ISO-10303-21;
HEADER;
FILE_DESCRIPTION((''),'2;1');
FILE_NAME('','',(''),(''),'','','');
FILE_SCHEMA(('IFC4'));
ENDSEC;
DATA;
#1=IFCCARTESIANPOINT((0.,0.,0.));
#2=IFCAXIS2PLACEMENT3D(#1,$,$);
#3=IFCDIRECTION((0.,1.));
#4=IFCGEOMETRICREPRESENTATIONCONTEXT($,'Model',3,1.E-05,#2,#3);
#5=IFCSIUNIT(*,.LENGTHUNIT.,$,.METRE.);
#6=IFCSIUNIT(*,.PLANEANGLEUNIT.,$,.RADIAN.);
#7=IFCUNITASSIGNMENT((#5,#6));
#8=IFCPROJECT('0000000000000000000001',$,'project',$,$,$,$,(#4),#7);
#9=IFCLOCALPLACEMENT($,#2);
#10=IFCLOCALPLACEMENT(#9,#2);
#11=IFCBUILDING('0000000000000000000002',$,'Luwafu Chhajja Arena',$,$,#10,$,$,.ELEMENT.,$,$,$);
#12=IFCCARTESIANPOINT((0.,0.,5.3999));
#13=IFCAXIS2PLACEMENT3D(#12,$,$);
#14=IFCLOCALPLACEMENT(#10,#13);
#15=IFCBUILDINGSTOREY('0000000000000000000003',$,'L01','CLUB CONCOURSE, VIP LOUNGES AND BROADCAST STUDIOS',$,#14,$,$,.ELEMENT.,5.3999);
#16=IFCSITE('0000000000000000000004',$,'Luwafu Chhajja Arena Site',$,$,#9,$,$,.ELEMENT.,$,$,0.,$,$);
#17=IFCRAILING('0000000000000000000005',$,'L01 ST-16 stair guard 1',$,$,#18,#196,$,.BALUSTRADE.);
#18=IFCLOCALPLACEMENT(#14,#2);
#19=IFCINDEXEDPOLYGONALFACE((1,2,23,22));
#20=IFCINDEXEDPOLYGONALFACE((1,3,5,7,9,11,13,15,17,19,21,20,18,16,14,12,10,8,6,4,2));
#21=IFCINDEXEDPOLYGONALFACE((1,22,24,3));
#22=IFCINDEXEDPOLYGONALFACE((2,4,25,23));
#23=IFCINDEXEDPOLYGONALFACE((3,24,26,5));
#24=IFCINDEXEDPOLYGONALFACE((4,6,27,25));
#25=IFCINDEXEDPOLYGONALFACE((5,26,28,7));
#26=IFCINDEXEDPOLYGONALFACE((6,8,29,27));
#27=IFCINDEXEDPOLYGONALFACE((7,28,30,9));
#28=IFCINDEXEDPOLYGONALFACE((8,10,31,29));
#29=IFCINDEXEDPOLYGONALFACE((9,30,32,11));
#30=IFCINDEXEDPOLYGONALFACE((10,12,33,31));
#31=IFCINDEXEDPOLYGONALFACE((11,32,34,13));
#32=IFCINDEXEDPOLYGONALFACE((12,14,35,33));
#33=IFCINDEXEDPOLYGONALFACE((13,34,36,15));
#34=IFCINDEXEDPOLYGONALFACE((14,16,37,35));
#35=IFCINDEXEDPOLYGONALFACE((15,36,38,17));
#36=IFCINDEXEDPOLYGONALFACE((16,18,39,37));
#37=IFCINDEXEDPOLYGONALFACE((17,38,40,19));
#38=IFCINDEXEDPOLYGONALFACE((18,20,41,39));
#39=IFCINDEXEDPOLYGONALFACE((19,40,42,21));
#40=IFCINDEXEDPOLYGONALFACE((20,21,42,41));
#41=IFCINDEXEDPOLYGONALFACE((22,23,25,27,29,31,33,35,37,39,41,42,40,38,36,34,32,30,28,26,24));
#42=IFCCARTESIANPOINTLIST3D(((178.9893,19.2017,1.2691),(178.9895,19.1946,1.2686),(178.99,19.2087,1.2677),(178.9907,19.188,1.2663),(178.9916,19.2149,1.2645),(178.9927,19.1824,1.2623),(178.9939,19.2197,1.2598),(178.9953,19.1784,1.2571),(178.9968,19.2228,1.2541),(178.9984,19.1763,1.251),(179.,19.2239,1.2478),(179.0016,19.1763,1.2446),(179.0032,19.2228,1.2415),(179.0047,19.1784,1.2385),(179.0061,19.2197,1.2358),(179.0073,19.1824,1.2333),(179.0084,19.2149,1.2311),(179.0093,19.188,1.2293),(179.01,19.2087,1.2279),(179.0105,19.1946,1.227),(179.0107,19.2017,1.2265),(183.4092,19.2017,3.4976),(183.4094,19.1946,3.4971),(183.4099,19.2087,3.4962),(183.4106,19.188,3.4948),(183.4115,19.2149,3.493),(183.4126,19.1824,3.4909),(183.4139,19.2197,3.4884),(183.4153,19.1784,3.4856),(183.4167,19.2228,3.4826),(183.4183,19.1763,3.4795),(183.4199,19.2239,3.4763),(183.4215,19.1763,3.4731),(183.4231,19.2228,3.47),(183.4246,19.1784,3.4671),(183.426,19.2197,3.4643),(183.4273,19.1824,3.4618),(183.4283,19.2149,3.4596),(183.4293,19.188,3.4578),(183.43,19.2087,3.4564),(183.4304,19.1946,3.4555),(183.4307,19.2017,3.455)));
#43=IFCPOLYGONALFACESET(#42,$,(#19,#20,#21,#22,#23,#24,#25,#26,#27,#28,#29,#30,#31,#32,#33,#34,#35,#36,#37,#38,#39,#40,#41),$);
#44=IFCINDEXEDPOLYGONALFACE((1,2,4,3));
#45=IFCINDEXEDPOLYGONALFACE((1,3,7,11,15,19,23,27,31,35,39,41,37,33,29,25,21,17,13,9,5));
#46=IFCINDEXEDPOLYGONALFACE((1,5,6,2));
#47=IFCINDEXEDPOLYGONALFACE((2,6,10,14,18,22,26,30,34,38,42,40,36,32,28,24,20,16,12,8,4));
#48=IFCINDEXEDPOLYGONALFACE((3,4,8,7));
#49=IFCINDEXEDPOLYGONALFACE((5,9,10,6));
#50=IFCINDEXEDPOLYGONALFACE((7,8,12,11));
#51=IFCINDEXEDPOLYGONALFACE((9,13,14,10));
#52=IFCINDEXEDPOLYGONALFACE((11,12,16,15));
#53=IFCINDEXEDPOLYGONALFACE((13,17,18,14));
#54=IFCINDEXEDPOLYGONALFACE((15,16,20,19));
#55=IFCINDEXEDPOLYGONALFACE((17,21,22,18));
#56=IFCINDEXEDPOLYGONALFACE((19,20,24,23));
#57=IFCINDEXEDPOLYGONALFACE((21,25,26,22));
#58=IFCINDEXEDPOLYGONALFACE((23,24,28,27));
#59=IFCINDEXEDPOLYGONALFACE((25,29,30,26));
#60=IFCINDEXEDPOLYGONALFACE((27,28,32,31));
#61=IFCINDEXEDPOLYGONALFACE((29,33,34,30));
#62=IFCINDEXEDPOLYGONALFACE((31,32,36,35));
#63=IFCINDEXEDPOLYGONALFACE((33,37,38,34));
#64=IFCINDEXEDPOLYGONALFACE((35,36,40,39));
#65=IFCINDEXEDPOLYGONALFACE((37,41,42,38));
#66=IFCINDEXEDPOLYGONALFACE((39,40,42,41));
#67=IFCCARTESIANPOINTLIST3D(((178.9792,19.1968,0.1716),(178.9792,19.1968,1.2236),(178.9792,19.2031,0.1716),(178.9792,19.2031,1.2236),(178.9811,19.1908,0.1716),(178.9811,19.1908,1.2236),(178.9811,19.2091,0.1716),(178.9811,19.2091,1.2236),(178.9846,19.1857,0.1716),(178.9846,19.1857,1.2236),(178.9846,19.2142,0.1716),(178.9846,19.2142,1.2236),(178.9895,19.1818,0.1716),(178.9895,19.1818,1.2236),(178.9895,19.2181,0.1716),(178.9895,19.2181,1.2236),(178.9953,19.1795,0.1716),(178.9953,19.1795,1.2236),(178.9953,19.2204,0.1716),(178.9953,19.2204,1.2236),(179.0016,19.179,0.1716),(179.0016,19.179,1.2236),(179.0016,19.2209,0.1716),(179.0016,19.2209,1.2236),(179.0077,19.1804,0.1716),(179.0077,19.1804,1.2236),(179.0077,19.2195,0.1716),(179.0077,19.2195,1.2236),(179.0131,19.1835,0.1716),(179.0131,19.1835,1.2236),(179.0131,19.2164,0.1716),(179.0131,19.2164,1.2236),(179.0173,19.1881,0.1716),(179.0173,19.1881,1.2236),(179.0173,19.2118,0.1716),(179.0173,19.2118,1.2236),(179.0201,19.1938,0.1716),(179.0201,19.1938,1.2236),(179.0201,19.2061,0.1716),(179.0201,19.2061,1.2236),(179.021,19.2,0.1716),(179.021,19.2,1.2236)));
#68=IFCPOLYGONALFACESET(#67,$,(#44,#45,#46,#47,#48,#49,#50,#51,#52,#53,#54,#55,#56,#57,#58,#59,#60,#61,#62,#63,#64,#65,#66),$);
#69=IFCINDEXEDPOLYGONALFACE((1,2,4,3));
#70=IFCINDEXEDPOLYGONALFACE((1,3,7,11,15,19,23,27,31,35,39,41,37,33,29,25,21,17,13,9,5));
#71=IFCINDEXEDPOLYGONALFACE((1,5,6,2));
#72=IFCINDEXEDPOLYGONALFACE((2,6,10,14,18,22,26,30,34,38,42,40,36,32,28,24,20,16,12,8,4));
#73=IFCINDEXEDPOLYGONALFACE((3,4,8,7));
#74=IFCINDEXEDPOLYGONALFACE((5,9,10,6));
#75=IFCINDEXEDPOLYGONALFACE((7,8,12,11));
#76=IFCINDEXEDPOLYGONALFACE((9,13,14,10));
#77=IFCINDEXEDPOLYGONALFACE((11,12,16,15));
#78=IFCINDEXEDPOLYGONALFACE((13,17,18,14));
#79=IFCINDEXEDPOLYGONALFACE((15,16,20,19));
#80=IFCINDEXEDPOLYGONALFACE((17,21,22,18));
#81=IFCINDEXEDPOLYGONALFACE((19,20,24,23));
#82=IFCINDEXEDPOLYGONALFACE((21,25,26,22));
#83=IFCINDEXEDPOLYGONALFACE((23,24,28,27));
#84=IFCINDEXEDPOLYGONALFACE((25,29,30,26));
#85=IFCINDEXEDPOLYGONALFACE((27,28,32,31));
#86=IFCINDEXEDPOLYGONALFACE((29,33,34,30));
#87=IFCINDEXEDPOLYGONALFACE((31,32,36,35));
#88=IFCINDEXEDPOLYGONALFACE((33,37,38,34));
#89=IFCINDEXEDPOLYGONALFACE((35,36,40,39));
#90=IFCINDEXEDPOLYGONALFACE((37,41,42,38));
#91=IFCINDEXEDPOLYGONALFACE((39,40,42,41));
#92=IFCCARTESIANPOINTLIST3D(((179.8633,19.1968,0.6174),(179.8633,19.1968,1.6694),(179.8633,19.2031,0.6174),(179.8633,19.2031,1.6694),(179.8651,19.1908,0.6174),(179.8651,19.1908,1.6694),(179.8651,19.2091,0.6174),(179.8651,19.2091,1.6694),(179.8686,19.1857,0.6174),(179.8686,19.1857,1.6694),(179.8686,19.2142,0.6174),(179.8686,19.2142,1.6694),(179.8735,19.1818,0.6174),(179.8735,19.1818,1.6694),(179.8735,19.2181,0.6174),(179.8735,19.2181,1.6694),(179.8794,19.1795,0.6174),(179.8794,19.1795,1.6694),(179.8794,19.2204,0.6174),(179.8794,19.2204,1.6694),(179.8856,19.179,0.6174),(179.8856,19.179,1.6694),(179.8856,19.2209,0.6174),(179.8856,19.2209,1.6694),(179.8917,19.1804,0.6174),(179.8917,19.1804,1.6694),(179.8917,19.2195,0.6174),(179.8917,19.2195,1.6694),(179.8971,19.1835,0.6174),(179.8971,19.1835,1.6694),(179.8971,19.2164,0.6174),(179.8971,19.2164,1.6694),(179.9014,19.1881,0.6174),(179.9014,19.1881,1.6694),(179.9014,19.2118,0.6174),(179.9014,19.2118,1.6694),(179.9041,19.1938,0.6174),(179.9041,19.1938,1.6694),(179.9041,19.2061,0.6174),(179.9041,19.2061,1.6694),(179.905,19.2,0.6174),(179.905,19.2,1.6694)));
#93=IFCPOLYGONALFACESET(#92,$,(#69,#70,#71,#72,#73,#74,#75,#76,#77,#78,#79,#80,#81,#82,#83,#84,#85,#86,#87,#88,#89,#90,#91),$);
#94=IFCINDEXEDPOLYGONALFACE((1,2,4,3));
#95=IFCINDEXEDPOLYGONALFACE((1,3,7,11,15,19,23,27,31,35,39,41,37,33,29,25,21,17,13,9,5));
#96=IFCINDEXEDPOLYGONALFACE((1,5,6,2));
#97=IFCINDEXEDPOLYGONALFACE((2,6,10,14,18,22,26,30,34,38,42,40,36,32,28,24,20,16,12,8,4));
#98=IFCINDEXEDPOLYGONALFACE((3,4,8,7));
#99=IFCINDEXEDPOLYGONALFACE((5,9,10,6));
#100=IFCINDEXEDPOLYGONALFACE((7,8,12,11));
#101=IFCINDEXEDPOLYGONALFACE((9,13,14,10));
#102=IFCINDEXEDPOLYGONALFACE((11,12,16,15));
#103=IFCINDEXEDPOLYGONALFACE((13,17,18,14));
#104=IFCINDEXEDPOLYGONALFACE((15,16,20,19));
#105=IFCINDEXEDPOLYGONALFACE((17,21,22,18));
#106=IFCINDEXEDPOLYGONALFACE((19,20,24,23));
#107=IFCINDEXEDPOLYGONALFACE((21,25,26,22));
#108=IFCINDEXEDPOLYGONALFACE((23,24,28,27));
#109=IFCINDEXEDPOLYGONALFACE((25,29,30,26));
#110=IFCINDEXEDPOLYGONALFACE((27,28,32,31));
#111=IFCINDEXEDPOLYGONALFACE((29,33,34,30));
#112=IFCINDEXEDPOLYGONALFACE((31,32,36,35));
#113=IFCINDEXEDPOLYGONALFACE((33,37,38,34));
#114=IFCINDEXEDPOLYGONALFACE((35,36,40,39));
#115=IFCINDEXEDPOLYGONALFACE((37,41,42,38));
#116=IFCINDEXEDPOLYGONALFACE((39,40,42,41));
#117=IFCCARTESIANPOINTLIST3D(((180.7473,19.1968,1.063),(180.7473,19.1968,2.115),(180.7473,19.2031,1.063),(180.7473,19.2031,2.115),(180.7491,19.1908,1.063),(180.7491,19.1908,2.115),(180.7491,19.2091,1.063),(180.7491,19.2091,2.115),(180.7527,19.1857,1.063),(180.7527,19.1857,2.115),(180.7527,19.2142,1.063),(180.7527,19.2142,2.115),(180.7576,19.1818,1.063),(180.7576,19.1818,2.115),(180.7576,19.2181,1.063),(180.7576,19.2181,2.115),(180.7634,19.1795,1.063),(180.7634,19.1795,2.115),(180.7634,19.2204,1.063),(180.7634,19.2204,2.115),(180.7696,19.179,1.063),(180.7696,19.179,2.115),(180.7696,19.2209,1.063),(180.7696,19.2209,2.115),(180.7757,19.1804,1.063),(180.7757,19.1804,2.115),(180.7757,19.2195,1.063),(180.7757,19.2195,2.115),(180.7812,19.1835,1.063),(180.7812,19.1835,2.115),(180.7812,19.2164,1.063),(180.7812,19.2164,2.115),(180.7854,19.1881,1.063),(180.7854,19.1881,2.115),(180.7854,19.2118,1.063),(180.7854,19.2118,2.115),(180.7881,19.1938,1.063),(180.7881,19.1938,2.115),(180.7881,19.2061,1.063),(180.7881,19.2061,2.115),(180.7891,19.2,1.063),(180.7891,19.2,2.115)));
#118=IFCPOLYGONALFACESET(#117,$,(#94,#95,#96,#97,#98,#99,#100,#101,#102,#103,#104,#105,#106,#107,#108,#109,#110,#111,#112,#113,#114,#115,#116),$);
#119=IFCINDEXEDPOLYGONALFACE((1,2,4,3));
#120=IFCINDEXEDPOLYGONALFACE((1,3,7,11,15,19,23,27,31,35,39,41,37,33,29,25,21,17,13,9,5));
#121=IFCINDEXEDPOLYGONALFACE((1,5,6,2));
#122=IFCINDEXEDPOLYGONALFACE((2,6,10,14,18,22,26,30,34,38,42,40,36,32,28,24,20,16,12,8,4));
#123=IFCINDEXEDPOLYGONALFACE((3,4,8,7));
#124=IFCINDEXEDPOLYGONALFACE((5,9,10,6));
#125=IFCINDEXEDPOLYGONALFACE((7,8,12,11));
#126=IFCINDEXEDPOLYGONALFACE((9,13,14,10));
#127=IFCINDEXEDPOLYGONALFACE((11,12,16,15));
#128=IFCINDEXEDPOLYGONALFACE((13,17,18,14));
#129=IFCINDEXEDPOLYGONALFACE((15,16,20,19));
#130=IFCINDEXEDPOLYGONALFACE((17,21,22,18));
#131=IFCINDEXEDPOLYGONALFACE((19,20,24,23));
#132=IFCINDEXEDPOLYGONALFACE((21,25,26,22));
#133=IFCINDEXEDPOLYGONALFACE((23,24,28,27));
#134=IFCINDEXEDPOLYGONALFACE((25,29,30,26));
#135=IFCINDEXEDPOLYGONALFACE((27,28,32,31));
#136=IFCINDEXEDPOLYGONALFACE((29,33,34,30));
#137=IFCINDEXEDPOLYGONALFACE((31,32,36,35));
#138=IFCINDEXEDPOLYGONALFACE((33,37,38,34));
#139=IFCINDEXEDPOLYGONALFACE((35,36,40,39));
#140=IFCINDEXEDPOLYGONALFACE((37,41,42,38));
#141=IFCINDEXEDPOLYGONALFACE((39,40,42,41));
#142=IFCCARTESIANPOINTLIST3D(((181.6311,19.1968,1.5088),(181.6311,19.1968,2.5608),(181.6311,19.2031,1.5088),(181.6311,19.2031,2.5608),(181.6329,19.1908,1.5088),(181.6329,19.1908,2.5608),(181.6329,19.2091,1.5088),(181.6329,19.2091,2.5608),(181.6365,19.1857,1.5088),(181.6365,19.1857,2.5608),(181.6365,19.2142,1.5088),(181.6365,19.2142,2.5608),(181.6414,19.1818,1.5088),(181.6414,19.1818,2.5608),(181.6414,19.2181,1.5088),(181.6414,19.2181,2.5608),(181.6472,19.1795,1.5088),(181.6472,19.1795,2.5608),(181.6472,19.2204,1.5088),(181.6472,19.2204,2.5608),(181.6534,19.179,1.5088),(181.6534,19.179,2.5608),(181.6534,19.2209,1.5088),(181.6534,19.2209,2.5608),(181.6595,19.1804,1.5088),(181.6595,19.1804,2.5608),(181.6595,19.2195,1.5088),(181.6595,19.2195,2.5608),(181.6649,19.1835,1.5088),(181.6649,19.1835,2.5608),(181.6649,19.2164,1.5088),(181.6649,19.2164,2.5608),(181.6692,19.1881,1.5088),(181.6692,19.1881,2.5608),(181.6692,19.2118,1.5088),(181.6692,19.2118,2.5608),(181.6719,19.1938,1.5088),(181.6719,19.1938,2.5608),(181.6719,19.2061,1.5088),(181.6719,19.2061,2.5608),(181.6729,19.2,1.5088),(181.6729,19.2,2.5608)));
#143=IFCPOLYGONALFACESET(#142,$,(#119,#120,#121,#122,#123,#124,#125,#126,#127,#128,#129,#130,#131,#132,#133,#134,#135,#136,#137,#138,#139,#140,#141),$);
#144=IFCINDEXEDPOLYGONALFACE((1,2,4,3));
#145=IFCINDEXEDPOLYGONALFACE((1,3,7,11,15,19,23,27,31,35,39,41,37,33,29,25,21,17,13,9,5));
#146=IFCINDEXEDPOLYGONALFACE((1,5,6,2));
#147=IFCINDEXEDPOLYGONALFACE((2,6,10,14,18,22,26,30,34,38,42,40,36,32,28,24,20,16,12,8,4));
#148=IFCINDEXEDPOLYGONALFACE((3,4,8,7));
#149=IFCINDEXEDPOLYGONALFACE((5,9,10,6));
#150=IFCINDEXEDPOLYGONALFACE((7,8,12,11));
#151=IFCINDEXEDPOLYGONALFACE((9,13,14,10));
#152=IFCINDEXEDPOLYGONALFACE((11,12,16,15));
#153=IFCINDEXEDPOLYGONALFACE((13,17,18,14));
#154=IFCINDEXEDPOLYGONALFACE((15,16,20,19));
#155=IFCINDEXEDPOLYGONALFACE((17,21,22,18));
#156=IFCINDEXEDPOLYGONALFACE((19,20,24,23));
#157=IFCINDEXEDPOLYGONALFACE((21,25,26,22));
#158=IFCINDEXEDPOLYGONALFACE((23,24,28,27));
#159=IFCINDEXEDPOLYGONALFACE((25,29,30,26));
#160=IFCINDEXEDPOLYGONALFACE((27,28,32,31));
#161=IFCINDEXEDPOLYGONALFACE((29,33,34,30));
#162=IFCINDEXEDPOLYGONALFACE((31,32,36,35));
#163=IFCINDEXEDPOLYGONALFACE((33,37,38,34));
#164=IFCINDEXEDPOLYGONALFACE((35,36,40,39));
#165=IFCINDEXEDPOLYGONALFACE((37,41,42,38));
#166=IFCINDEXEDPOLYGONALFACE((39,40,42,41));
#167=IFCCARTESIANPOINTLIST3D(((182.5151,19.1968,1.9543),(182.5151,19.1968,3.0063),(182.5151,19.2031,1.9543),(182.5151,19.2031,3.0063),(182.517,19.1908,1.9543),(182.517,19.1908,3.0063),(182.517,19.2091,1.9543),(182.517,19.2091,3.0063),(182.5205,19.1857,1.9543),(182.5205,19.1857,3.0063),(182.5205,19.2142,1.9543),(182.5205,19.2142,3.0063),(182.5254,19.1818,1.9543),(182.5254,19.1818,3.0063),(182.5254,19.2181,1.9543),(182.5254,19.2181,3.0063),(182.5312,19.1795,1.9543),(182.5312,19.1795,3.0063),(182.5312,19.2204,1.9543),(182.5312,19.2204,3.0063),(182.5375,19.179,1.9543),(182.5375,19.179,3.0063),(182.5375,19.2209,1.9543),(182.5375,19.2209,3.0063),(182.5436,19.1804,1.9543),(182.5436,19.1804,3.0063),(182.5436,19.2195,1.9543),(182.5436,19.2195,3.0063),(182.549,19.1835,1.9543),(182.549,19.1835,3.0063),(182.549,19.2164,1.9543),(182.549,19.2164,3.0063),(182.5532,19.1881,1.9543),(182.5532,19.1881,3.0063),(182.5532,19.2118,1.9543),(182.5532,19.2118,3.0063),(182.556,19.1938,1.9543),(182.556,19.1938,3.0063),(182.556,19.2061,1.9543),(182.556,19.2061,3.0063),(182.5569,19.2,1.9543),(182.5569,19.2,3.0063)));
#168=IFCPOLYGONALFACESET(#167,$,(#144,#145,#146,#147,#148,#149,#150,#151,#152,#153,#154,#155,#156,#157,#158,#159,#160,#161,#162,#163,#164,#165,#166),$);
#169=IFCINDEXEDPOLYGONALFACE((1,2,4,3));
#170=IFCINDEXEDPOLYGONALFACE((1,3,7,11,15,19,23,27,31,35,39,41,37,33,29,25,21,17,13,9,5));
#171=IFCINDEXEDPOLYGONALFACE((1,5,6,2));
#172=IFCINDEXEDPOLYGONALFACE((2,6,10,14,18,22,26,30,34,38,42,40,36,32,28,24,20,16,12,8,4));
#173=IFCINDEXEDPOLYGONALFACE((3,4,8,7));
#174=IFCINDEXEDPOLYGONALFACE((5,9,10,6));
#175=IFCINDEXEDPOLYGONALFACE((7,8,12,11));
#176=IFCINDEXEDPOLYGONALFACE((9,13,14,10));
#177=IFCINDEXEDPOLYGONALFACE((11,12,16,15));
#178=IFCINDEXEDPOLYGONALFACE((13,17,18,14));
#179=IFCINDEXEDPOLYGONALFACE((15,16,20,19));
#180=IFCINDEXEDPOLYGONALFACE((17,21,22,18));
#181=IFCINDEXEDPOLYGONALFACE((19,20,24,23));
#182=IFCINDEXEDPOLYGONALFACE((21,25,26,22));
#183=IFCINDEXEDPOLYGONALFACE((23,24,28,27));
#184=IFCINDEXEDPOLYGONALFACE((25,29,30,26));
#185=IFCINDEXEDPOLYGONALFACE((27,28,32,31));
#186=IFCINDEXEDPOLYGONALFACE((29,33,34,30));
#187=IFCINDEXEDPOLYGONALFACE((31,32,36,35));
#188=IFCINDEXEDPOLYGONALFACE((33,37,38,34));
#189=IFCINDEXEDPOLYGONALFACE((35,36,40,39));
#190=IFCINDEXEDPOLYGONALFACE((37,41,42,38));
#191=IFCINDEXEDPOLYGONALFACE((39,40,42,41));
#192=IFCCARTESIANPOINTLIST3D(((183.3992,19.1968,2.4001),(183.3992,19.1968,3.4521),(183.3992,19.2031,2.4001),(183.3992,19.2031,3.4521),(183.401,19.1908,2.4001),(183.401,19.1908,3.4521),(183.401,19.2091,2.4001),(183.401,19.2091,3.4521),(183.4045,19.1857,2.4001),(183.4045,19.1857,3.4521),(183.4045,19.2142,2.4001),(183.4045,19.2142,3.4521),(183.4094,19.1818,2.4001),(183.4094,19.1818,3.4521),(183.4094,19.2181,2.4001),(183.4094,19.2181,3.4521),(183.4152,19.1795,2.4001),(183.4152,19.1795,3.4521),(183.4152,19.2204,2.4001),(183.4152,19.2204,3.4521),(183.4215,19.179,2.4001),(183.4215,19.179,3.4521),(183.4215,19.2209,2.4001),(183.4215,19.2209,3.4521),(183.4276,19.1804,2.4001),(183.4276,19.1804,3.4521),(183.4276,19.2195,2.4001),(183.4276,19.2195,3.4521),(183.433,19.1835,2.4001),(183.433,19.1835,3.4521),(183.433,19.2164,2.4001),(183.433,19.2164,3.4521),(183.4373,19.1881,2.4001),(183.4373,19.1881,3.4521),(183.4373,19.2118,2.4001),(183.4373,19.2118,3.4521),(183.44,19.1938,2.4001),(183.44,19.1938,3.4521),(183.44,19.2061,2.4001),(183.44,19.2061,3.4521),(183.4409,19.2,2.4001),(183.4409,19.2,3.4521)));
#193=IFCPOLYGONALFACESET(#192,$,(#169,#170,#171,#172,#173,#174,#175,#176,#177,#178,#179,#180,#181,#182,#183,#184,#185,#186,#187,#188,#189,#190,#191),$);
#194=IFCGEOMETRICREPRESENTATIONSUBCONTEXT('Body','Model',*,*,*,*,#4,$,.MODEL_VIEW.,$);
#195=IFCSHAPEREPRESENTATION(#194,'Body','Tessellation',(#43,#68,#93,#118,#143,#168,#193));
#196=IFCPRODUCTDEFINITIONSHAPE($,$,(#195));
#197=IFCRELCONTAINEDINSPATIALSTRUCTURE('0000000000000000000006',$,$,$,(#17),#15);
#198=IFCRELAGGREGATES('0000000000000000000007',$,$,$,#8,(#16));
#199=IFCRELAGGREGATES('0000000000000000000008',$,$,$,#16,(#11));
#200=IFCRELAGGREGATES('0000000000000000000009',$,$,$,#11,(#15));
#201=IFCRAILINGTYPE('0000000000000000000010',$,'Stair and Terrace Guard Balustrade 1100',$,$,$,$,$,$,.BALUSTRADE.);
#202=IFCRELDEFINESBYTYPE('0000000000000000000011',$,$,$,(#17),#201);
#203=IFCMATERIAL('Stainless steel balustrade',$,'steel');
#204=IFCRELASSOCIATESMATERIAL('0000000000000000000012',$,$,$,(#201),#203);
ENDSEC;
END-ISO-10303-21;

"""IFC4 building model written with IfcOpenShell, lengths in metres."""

from ifc_helpers import new_model, si_unit, direction, frame, origin, origin_2d, place, context, subcontext, project, spatial, circle, extrude, material, type_object, element, save


model = new_model("IFC4")

# Units and contexts
model_context = context("Model", 3, precision=1e-05, world=origin(), true_north=direction((0.0, 1.0)))
body_context = subcontext(model_context, "Body", "Model", "MODEL_VIEW")
ifc_project = project(units=[si_unit("LENGTHUNIT", "METRE"), si_unit("PLANEANGLEUNIT", "RADIAN")], contexts=[model_context])

# Site, building, storey
site_placement = place(None, origin())
site = spatial("IfcSite", under=ifc_project, at=site_placement, Name="Luwafu Chhajja Arena Site", CompositionType="ELEMENT", RefElevation=0.0)
building_placement = place(site_placement, origin())
building = spatial("IfcBuilding", under=site, at=building_placement, Name="Luwafu Chhajja Arena", CompositionType="ELEMENT")
storey_placement = place(building_placement, frame((0.0, 0.0, 5.3999)))
storey = spatial("IfcBuildingStorey", under=building, at=storey_placement, Name="L01", Description="CLUB CONCOURSE, VIP LOUNGES AND BROADCAST STUDIOS", CompositionType="ELEMENT", Elevation=5.3999)

# Railing
ifc_material_1 = material(Name="Stainless steel balustrade", Category="steel")
railing_type_1 = type_object("IfcRailingType", Name="Stair and Terrace Guard Balustrade 1100", PredefinedType="BALUSTRADE", material=ifc_material_1)
railing_1_placement = place(storey_placement, frame((179.0, 19.2, 0.1716)))
element("IfcRailing", 1, at=railing_1_placement, inside=storey, type_object=railing_type_1, Name="L01 ST-16 stair guard 1", PredefinedType="BALUSTRADE", context=body_context, shape_type="SweptSolid", body=[
    extrude(circle(Radius=0.0239, at=origin_2d()), frame((0.0, 0.0, 1.0762), z_axis=(0.892923, 0.0, 0.45021), x_axis=(0.0, 1.0, 0.0)), (0.0, 0.0, 1.0), 4.95),
    extrude(circle(Radius=0.021, at=origin_2d()), origin(), (0.0, 0.0, 1.0), 1.052),
    extrude(circle(Radius=0.021, at=origin_2d()), frame((0.884, 0.0, 0.4458)), (0.0, 0.0, 1.0), 1.052),
    extrude(circle(Radius=0.021, at=origin_2d()), frame((1.7681, 0.0, 0.8914)), (0.0, 0.0, 1.0), 1.052),
    extrude(circle(Radius=0.021, at=origin_2d()), frame((2.6519, 0.0, 1.3372)), (0.0, 0.0, 1.0), 1.052),
    extrude(circle(Radius=0.021, at=origin_2d()), frame((3.5359, 0.0, 1.7827)), (0.0, 0.0, 1.0), 1.052),
    extrude(circle(Radius=0.021, at=origin_2d()), frame((4.4199, 0.0, 2.2285)), (0.0, 0.0, 1.0), 1.052),
])

save(model, "model.ifc")
